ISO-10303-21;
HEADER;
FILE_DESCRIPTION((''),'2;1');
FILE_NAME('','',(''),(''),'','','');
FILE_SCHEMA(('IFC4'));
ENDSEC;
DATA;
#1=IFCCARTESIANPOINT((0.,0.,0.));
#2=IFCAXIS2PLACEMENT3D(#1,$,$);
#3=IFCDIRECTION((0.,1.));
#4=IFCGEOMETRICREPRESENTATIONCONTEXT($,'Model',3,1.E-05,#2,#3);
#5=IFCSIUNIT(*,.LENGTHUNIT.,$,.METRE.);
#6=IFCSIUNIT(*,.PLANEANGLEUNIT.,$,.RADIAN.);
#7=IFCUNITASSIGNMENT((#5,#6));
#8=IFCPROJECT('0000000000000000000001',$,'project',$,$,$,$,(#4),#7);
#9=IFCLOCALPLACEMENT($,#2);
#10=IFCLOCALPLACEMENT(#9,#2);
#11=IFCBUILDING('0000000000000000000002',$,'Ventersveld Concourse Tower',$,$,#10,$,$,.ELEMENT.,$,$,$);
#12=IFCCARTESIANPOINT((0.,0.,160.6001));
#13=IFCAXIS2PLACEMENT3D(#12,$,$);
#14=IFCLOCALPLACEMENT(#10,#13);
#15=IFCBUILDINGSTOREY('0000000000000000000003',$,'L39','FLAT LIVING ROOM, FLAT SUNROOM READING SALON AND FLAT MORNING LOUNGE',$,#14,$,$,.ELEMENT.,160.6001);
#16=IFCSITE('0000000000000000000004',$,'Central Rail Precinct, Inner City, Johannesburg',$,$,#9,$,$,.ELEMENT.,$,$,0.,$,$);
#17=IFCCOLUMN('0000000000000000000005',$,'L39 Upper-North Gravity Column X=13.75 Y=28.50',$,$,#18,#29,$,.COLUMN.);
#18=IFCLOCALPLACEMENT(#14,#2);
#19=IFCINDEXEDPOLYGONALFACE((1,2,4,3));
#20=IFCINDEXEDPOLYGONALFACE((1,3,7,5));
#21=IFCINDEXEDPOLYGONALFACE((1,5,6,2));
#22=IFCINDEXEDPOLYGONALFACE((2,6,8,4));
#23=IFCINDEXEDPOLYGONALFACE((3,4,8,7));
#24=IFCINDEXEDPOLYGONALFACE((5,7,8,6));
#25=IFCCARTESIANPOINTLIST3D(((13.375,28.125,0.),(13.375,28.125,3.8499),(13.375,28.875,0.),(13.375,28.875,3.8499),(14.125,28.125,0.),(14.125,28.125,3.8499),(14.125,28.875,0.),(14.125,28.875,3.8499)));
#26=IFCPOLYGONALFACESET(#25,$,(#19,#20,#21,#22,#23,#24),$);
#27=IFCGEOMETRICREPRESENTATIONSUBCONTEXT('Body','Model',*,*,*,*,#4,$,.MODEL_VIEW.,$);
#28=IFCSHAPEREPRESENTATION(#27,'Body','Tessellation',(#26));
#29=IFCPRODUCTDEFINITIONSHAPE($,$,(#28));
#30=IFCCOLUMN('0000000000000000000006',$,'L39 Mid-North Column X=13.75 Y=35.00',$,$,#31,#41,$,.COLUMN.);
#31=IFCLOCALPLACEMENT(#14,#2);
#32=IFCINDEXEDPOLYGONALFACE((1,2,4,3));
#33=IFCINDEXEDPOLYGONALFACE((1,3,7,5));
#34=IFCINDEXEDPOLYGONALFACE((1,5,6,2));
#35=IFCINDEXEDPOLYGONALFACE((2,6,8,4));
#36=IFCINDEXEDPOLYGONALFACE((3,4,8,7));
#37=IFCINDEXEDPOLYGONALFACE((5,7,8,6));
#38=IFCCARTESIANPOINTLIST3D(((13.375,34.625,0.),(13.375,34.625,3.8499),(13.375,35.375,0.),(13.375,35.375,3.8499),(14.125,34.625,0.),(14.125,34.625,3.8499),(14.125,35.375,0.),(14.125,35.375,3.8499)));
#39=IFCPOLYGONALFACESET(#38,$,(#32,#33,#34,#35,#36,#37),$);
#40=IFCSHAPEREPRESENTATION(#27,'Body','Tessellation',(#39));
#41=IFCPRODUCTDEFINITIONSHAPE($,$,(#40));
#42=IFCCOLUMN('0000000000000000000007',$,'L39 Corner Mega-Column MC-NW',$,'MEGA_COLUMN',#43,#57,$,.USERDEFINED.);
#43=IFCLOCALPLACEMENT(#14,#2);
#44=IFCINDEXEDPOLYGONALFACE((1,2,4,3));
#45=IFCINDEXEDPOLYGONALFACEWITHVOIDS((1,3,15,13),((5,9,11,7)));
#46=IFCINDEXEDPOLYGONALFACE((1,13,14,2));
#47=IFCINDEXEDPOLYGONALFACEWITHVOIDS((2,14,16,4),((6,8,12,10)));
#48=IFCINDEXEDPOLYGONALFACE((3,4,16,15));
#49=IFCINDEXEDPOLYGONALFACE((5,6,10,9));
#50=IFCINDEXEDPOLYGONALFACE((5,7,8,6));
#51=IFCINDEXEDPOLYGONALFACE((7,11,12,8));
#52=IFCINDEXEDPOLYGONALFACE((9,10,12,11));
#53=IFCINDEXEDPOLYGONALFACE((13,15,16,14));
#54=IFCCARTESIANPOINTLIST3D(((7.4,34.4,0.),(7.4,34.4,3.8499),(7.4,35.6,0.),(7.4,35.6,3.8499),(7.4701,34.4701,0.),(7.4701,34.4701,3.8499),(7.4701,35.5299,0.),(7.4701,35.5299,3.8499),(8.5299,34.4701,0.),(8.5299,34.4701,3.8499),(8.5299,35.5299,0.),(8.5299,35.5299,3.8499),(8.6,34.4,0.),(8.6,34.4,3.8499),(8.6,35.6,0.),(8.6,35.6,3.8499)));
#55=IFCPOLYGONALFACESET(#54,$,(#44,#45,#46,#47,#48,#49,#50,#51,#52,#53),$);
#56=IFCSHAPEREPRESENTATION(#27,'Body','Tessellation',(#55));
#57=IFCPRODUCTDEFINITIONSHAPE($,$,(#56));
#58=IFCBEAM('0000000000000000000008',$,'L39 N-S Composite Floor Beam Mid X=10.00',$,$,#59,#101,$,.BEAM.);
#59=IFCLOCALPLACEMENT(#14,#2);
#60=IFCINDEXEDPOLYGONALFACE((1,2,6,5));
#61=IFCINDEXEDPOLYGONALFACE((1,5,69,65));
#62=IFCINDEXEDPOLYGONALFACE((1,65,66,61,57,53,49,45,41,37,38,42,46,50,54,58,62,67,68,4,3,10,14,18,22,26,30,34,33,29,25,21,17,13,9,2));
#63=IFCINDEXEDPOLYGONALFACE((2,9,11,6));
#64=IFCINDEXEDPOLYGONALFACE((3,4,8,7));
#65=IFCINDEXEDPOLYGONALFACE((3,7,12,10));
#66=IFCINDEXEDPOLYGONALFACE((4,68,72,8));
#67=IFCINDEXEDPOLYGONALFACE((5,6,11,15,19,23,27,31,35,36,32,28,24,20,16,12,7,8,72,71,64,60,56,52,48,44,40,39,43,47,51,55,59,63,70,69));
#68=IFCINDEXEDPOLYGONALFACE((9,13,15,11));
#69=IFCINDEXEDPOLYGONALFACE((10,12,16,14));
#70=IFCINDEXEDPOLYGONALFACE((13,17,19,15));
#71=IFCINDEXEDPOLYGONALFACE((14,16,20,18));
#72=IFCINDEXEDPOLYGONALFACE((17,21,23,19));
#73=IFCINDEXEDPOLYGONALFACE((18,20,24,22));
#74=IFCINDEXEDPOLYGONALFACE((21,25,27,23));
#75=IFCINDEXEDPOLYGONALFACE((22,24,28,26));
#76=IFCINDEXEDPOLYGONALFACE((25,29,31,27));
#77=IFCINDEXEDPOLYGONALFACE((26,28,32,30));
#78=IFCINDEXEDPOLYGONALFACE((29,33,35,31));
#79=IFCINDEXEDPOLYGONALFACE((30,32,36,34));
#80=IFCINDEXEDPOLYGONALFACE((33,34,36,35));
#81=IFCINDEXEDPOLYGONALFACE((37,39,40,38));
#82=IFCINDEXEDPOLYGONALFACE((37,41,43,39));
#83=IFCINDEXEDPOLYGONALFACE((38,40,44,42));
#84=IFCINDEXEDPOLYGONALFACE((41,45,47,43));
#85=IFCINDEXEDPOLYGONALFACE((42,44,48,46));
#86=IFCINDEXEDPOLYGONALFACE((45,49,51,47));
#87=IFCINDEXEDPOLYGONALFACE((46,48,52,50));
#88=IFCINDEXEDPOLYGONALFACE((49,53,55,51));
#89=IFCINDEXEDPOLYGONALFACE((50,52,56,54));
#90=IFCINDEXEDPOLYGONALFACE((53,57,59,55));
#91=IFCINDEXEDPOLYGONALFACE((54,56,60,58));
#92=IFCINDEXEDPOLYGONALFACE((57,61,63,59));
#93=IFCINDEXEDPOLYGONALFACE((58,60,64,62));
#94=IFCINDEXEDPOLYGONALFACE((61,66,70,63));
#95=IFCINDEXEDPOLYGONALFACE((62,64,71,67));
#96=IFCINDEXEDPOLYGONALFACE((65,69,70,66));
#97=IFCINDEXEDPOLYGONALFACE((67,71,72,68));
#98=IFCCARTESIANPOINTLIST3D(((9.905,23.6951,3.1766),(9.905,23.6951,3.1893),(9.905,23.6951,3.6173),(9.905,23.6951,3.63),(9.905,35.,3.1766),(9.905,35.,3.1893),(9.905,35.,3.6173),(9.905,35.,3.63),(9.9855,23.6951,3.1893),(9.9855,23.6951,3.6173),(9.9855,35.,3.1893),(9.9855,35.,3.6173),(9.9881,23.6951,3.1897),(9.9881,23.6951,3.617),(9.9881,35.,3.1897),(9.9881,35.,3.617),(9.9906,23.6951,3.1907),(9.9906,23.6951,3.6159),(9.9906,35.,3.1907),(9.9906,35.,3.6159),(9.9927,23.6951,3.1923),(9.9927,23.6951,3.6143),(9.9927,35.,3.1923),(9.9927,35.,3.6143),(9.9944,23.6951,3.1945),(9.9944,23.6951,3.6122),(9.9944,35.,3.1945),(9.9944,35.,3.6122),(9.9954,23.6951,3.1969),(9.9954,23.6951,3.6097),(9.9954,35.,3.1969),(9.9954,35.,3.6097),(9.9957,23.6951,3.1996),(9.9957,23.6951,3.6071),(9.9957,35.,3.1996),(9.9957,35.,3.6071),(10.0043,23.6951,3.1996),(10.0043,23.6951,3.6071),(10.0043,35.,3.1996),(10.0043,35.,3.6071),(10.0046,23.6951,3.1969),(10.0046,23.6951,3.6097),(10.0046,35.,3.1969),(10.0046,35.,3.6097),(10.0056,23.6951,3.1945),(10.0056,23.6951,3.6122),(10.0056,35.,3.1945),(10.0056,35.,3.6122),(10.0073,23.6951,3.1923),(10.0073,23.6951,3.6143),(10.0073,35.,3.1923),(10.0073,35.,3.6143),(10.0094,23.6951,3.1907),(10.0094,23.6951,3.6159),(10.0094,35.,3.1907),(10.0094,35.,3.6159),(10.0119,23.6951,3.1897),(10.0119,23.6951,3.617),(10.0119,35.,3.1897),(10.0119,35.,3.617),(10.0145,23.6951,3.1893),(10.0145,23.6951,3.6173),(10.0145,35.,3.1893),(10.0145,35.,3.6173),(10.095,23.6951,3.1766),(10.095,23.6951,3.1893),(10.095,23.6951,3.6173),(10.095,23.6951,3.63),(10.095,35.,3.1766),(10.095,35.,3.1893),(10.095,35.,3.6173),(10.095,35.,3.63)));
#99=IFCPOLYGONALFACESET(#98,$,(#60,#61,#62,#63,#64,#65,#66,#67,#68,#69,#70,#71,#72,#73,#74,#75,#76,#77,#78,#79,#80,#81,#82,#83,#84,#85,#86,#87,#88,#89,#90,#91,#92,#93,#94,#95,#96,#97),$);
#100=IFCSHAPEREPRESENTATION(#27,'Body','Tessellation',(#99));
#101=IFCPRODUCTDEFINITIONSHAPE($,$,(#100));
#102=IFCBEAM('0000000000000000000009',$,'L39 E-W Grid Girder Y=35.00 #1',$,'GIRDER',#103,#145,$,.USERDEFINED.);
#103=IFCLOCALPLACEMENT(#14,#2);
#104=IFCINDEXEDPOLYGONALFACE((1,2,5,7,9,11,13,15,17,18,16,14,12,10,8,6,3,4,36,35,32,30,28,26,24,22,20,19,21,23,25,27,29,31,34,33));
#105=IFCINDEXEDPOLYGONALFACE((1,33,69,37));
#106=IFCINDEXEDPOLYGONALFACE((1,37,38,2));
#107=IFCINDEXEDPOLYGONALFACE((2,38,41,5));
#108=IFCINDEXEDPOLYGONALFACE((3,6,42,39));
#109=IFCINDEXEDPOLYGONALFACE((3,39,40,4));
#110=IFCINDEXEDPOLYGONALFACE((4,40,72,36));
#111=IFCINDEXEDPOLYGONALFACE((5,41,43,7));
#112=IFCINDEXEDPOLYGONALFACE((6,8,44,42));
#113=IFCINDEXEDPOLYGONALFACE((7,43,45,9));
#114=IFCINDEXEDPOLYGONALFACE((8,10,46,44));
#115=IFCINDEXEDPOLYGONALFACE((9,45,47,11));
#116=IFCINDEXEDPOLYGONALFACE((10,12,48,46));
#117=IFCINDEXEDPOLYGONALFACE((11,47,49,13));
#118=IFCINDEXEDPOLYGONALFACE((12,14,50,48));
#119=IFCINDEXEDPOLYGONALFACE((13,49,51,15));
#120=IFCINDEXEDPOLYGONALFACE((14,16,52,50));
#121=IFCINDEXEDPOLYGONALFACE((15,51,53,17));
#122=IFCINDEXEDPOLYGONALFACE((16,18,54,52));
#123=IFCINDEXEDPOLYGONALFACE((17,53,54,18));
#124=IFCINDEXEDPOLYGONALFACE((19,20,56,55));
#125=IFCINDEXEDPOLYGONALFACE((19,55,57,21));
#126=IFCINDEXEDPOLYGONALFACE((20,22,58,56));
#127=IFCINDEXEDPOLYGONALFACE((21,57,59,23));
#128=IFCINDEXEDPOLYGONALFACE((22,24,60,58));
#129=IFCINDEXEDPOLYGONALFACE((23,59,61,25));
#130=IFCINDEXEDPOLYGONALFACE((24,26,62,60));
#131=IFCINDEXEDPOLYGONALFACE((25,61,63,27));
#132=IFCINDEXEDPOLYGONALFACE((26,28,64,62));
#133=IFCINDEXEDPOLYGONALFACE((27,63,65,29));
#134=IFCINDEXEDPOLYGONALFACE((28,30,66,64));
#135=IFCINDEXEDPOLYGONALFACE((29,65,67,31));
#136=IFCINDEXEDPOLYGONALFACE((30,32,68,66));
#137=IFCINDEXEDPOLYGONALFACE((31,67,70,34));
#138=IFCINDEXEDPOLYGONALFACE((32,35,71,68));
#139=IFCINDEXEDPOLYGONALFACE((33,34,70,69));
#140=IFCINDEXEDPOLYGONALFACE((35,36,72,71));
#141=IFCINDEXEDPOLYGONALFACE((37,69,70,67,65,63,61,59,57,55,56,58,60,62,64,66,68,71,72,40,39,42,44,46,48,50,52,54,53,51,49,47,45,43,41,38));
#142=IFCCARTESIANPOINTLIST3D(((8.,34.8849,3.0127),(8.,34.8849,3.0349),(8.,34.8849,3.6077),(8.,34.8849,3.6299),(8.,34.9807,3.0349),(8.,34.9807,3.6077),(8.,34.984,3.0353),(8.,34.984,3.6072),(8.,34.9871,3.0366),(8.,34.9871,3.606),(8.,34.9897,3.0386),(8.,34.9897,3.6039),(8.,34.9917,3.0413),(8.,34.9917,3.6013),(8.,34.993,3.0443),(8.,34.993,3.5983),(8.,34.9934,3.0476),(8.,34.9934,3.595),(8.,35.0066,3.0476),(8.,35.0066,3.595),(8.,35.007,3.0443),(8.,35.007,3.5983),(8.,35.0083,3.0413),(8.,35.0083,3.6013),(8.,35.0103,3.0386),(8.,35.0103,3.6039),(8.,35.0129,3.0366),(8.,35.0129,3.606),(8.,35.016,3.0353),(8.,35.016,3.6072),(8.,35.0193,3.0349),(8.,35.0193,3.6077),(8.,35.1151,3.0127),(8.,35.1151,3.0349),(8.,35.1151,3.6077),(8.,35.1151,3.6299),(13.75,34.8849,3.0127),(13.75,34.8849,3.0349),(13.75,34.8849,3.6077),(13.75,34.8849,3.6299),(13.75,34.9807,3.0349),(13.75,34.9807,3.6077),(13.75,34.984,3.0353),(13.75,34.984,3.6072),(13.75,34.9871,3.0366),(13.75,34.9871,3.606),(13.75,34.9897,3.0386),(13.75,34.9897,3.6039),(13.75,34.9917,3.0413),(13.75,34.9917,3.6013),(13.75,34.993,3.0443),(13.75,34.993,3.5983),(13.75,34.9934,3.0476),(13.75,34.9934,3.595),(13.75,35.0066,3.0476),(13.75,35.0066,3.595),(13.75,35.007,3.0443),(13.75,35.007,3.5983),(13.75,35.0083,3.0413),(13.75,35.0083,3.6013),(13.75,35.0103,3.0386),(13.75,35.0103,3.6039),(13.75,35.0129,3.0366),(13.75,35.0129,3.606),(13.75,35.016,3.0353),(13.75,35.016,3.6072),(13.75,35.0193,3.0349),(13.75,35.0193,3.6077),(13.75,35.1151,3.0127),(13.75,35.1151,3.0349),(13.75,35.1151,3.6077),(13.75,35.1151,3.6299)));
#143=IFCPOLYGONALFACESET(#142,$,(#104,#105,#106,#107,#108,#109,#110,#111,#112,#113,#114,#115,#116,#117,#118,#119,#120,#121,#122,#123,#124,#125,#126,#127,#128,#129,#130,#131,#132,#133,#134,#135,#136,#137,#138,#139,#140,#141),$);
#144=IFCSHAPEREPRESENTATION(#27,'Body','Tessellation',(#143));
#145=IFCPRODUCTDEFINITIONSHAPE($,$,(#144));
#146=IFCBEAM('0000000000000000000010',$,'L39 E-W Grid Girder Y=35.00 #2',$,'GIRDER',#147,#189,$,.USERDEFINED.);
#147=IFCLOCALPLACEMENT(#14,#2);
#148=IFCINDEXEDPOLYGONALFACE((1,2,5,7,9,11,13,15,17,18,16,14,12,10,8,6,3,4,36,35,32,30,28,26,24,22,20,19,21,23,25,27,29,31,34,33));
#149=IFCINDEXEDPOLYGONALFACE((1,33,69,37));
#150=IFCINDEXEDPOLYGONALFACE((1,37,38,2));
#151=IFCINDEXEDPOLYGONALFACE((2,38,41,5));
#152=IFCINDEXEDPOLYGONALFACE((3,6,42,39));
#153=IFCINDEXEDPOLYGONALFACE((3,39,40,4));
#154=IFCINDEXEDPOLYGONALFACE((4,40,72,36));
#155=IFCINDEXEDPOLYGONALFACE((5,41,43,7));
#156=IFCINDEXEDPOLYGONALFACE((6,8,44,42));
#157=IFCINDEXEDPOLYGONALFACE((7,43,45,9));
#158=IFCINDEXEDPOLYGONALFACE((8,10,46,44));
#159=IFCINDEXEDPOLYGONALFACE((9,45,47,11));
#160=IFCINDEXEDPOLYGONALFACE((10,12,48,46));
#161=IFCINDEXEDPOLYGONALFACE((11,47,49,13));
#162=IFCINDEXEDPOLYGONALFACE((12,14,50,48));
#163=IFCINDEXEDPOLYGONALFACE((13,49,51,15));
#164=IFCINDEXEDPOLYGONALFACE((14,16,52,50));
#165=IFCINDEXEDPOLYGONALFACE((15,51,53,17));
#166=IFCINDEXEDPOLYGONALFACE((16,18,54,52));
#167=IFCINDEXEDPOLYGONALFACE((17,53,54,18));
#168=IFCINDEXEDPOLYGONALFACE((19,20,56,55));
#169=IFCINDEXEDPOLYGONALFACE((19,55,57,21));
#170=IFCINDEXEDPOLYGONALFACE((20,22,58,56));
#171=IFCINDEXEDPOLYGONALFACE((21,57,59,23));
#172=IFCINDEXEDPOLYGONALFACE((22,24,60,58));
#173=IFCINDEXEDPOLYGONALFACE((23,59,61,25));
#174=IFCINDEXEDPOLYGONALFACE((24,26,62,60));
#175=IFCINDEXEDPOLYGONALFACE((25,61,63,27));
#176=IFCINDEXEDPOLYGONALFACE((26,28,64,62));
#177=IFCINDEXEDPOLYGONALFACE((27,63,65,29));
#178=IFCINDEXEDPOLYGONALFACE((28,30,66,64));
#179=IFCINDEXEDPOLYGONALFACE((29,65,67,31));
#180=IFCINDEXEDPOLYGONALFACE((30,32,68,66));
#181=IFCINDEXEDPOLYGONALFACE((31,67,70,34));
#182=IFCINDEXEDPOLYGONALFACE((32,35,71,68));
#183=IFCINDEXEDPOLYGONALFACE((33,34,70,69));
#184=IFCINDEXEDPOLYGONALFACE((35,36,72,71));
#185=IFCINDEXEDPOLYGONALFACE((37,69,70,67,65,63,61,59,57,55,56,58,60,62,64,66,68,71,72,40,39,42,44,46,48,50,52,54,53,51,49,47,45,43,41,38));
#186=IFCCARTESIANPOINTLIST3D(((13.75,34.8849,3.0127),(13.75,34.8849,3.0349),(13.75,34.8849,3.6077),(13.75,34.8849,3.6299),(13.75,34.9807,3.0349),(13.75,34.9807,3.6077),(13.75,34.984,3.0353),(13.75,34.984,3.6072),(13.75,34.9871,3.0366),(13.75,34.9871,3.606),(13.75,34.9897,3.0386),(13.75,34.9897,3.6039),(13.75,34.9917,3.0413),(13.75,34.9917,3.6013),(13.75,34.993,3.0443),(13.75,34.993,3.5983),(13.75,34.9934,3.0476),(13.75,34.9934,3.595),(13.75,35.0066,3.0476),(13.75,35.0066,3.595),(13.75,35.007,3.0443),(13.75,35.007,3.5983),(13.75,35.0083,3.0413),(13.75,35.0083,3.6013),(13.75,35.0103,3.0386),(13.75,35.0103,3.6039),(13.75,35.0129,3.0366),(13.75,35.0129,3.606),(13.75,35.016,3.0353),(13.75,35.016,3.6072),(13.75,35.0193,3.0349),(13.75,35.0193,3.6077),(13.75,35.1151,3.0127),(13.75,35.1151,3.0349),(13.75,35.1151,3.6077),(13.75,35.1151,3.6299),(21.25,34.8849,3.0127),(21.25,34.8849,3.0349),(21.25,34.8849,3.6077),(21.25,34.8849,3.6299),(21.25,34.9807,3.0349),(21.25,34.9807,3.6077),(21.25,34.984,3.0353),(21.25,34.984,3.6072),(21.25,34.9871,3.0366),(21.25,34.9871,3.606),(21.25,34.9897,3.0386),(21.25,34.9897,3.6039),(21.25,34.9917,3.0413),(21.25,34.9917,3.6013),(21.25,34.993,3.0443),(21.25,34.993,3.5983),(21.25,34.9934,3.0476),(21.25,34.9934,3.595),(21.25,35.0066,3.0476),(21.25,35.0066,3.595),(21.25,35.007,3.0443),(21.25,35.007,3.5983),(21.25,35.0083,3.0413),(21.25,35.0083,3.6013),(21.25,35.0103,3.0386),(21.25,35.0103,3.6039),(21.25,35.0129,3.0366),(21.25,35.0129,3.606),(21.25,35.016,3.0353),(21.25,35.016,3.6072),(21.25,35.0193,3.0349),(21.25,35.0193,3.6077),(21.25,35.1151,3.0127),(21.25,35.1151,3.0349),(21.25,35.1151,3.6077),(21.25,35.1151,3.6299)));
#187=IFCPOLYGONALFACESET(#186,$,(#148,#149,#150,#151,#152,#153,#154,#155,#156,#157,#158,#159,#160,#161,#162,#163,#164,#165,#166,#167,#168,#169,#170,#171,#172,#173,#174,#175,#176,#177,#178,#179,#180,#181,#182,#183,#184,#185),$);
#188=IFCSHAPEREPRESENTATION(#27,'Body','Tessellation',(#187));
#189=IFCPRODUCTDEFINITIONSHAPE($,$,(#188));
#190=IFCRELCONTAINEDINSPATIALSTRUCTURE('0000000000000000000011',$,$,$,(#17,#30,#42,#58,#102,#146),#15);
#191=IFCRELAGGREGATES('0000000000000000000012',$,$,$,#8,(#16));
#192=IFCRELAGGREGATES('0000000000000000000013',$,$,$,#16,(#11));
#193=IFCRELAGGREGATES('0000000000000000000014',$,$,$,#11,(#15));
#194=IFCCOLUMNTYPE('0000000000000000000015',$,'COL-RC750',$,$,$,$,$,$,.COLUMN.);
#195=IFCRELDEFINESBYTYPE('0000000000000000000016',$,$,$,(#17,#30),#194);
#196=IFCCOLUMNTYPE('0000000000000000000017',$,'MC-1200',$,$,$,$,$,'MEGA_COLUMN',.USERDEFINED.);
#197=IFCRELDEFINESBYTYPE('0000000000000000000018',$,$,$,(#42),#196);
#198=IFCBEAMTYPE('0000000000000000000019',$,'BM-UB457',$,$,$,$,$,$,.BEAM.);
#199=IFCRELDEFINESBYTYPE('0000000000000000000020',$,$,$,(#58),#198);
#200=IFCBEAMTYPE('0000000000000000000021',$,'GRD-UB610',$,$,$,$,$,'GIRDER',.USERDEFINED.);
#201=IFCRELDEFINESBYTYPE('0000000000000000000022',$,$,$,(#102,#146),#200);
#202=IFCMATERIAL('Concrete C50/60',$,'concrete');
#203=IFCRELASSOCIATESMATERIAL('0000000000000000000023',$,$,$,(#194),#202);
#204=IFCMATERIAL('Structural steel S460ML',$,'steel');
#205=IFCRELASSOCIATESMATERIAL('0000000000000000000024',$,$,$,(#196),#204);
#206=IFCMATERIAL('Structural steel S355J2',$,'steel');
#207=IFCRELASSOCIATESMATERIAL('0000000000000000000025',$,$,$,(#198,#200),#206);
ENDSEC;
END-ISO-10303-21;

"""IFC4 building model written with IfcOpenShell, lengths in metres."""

from ifc_helpers import new_model, si_unit, direction, frame, origin, origin_2d, place, context, subcontext, project, spatial, rectangle, hollow_rectangle, i_section, extrude, material, material_profile, profile_set, type_object, element, save


model = new_model("IFC4")

# Units and contexts
model_context = context("Model", 3, precision=1e-05, world=origin(), true_north=direction((0.0, 1.0)))
body_context = subcontext(model_context, "Body", "Model", "MODEL_VIEW")
ifc_project = project(units=[si_unit("LENGTHUNIT", "METRE"), si_unit("PLANEANGLEUNIT", "RADIAN")], contexts=[model_context])

# Site, building, storey
site_placement = place(None, origin())
site = spatial("IfcSite", under=ifc_project, at=site_placement, Name="Central Rail Precinct, Inner City, Johannesburg", CompositionType="ELEMENT", RefElevation=0.0)
building_placement = place(site_placement, origin())
building = spatial("IfcBuilding", under=site, at=building_placement, Name="Ventersveld Concourse Tower", CompositionType="ELEMENT")
storey_placement = place(building_placement, frame((0.0, 0.0, 160.6001)))
storey = spatial("IfcBuildingStorey", under=building, at=storey_placement, Name="L39", Description="FLAT LIVING ROOM, FLAT SUNROOM READING SALON AND FLAT MORNING LOUNGE", CompositionType="ELEMENT", Elevation=160.6001)

# Columns
ifc_material_1 = material(Name="Concrete C50/60", Category="concrete")
ifc_material_profile_1 = material_profile(ifc_material_1, rectangle(XDim=0.75, YDim=0.75, at=origin_2d()), Name="RC 750x750")
ifc_profile_set_1 = profile_set([ifc_material_profile_1], Name="Concrete C50/60")
column_type_1 = type_object("IfcColumnType", Name="COL-RC750", PredefinedType="COLUMN", material=ifc_profile_set_1)
for number, where, z_axis, x_axis, name in (
    (1, (13.75, 28.5, 0.0), (0.0, 0.0, 1.0), (1.0, 0.0, 0.0), "L39 Upper-North Gravity Column X=13.75 Y=28.50"),
    (2, (13.75, 35.0, 0.0), (0.0, 0.0, 1.0), (1.0, 0.0, 0.0), "L39 Mid-North Column X=13.75 Y=35.00"),
):
    element("IfcColumn", number, at=place(storey_placement, frame(where, z_axis=z_axis, x_axis=x_axis)), inside=storey, type_object=column_type_1, Name=name, PredefinedType="COLUMN", context=body_context, shape_type="SweptSolid", body=[
        extrude(rectangle(XDim=0.75, YDim=0.75, at=origin_2d()), origin(), (0.0, 0.0, 1.0), 3.8499),
    ])
ifc_material_2 = material(Name="Structural steel S460ML", Category="steel")
ifc_material_profile_2 = material_profile(ifc_material_2, hollow_rectangle(XDim=1.2, YDim=1.2, WallThickness=0.0701, at=origin_2d()), Name="BOX 1200x1200x70")
ifc_profile_set_2 = profile_set([ifc_material_profile_2], Name="Structural steel S460ML")
column_type_2 = type_object("IfcColumnType", Name="MC-1200", ElementType="MEGA_COLUMN", PredefinedType="USERDEFINED", material=ifc_profile_set_2)
column_placement = place(storey_placement, frame((8.0, 35.0, 0.0), z_axis=(0.0, 0.0, 1.0), x_axis=(1.0, 0.0, 0.0)))
element("IfcColumn", 3, at=column_placement, inside=storey, type_object=column_type_2, Name="L39 Corner Mega-Column MC-NW", ObjectType="MEGA_COLUMN", PredefinedType="USERDEFINED", context=body_context, shape_type="SweptSolid", body=[
    extrude(hollow_rectangle(XDim=1.2, YDim=1.2, WallThickness=0.0701, at=origin_2d()), origin(), (0.0, 0.0, 1.0), 3.8499),
])

# Beams
ifc_material_3 = material(Name="Structural steel S355J2", Category="steel")
ifc_material_profile_3 = material_profile(ifc_material_3, i_section(OverallWidth=0.1899, OverallDepth=0.4534, WebThickness=0.0085, FlangeThickness=0.0127, FilletRadius=0.0103, at=origin_2d()), Name="UB 457x191x67")
ifc_profile_set_3 = profile_set([ifc_material_profile_3], Name="Structural steel S355J2")
beam_type_1 = type_object("IfcBeamType", Name="BM-UB457", PredefinedType="BEAM", material=ifc_profile_set_3)
beam_1_placement = place(storey_placement, frame((10.0, 23.6951, 3.4033), z_axis=(0.0, 1.0, 0.0), x_axis=(-1.0, 0.0, 0.0)))
element("IfcBeam", 4, at=beam_1_placement, inside=storey, type_object=beam_type_1, Name="L39 N-S Composite Floor Beam Mid X=10.00", PredefinedType="BEAM", context=body_context, shape_type="SweptSolid", body=[
    extrude(i_section(OverallWidth=0.1899, OverallDepth=0.4534, WebThickness=0.0085, FlangeThickness=0.0127, FilletRadius=0.0103, at=origin_2d()), origin(), (0.0, 0.0, 1.0), 11.3049),
])
ifc_material_profile_4 = material_profile(ifc_material_3, i_section(OverallWidth=0.2302, OverallDepth=0.6172, WebThickness=0.0132, FlangeThickness=0.0222, FilletRadius=0.0127, at=origin_2d()), Name="UB 610x229x140")
ifc_profile_set_4 = profile_set([ifc_material_profile_4], Name="Structural steel S355J2")
beam_type_2 = type_object("IfcBeamType", Name="GRD-UB610", ElementType="GIRDER", PredefinedType="USERDEFINED", material=ifc_profile_set_4)
beam_2_placement = place(storey_placement, frame((8.0, 35.0, 3.3213), z_axis=(1.0, 0.0, 0.0), x_axis=(0.0, 1.0, 0.0)))
element("IfcBeam", 5, at=beam_2_placement, inside=storey, type_object=beam_type_2, Name="L39 E-W Grid Girder Y=35.00 #1", ObjectType="GIRDER", PredefinedType="USERDEFINED", context=body_context, shape_type="SweptSolid", body=[
    extrude(i_section(OverallWidth=0.2302, OverallDepth=0.6172, WebThickness=0.0132, FlangeThickness=0.0222, FilletRadius=0.0127, at=origin_2d()), origin(), (0.0, 0.0, 1.0), 5.75),
])
beam_3_placement = place(storey_placement, frame((13.75, 35.0, 3.3213), z_axis=(1.0, 0.0, 0.0), x_axis=(0.0, 1.0, 0.0)))
element("IfcBeam", 6, at=beam_3_placement, inside=storey, type_object=beam_type_2, Name="L39 E-W Grid Girder Y=35.00 #2", ObjectType="GIRDER", PredefinedType="USERDEFINED", context=body_context, shape_type="SweptSolid", body=[
    extrude(i_section(OverallWidth=0.2302, OverallDepth=0.6172, WebThickness=0.0132, FlangeThickness=0.0222, FilletRadius=0.0127, at=origin_2d()), origin(), (0.0, 0.0, 1.0), 7.5),
])

save(model, "model.ifc")
